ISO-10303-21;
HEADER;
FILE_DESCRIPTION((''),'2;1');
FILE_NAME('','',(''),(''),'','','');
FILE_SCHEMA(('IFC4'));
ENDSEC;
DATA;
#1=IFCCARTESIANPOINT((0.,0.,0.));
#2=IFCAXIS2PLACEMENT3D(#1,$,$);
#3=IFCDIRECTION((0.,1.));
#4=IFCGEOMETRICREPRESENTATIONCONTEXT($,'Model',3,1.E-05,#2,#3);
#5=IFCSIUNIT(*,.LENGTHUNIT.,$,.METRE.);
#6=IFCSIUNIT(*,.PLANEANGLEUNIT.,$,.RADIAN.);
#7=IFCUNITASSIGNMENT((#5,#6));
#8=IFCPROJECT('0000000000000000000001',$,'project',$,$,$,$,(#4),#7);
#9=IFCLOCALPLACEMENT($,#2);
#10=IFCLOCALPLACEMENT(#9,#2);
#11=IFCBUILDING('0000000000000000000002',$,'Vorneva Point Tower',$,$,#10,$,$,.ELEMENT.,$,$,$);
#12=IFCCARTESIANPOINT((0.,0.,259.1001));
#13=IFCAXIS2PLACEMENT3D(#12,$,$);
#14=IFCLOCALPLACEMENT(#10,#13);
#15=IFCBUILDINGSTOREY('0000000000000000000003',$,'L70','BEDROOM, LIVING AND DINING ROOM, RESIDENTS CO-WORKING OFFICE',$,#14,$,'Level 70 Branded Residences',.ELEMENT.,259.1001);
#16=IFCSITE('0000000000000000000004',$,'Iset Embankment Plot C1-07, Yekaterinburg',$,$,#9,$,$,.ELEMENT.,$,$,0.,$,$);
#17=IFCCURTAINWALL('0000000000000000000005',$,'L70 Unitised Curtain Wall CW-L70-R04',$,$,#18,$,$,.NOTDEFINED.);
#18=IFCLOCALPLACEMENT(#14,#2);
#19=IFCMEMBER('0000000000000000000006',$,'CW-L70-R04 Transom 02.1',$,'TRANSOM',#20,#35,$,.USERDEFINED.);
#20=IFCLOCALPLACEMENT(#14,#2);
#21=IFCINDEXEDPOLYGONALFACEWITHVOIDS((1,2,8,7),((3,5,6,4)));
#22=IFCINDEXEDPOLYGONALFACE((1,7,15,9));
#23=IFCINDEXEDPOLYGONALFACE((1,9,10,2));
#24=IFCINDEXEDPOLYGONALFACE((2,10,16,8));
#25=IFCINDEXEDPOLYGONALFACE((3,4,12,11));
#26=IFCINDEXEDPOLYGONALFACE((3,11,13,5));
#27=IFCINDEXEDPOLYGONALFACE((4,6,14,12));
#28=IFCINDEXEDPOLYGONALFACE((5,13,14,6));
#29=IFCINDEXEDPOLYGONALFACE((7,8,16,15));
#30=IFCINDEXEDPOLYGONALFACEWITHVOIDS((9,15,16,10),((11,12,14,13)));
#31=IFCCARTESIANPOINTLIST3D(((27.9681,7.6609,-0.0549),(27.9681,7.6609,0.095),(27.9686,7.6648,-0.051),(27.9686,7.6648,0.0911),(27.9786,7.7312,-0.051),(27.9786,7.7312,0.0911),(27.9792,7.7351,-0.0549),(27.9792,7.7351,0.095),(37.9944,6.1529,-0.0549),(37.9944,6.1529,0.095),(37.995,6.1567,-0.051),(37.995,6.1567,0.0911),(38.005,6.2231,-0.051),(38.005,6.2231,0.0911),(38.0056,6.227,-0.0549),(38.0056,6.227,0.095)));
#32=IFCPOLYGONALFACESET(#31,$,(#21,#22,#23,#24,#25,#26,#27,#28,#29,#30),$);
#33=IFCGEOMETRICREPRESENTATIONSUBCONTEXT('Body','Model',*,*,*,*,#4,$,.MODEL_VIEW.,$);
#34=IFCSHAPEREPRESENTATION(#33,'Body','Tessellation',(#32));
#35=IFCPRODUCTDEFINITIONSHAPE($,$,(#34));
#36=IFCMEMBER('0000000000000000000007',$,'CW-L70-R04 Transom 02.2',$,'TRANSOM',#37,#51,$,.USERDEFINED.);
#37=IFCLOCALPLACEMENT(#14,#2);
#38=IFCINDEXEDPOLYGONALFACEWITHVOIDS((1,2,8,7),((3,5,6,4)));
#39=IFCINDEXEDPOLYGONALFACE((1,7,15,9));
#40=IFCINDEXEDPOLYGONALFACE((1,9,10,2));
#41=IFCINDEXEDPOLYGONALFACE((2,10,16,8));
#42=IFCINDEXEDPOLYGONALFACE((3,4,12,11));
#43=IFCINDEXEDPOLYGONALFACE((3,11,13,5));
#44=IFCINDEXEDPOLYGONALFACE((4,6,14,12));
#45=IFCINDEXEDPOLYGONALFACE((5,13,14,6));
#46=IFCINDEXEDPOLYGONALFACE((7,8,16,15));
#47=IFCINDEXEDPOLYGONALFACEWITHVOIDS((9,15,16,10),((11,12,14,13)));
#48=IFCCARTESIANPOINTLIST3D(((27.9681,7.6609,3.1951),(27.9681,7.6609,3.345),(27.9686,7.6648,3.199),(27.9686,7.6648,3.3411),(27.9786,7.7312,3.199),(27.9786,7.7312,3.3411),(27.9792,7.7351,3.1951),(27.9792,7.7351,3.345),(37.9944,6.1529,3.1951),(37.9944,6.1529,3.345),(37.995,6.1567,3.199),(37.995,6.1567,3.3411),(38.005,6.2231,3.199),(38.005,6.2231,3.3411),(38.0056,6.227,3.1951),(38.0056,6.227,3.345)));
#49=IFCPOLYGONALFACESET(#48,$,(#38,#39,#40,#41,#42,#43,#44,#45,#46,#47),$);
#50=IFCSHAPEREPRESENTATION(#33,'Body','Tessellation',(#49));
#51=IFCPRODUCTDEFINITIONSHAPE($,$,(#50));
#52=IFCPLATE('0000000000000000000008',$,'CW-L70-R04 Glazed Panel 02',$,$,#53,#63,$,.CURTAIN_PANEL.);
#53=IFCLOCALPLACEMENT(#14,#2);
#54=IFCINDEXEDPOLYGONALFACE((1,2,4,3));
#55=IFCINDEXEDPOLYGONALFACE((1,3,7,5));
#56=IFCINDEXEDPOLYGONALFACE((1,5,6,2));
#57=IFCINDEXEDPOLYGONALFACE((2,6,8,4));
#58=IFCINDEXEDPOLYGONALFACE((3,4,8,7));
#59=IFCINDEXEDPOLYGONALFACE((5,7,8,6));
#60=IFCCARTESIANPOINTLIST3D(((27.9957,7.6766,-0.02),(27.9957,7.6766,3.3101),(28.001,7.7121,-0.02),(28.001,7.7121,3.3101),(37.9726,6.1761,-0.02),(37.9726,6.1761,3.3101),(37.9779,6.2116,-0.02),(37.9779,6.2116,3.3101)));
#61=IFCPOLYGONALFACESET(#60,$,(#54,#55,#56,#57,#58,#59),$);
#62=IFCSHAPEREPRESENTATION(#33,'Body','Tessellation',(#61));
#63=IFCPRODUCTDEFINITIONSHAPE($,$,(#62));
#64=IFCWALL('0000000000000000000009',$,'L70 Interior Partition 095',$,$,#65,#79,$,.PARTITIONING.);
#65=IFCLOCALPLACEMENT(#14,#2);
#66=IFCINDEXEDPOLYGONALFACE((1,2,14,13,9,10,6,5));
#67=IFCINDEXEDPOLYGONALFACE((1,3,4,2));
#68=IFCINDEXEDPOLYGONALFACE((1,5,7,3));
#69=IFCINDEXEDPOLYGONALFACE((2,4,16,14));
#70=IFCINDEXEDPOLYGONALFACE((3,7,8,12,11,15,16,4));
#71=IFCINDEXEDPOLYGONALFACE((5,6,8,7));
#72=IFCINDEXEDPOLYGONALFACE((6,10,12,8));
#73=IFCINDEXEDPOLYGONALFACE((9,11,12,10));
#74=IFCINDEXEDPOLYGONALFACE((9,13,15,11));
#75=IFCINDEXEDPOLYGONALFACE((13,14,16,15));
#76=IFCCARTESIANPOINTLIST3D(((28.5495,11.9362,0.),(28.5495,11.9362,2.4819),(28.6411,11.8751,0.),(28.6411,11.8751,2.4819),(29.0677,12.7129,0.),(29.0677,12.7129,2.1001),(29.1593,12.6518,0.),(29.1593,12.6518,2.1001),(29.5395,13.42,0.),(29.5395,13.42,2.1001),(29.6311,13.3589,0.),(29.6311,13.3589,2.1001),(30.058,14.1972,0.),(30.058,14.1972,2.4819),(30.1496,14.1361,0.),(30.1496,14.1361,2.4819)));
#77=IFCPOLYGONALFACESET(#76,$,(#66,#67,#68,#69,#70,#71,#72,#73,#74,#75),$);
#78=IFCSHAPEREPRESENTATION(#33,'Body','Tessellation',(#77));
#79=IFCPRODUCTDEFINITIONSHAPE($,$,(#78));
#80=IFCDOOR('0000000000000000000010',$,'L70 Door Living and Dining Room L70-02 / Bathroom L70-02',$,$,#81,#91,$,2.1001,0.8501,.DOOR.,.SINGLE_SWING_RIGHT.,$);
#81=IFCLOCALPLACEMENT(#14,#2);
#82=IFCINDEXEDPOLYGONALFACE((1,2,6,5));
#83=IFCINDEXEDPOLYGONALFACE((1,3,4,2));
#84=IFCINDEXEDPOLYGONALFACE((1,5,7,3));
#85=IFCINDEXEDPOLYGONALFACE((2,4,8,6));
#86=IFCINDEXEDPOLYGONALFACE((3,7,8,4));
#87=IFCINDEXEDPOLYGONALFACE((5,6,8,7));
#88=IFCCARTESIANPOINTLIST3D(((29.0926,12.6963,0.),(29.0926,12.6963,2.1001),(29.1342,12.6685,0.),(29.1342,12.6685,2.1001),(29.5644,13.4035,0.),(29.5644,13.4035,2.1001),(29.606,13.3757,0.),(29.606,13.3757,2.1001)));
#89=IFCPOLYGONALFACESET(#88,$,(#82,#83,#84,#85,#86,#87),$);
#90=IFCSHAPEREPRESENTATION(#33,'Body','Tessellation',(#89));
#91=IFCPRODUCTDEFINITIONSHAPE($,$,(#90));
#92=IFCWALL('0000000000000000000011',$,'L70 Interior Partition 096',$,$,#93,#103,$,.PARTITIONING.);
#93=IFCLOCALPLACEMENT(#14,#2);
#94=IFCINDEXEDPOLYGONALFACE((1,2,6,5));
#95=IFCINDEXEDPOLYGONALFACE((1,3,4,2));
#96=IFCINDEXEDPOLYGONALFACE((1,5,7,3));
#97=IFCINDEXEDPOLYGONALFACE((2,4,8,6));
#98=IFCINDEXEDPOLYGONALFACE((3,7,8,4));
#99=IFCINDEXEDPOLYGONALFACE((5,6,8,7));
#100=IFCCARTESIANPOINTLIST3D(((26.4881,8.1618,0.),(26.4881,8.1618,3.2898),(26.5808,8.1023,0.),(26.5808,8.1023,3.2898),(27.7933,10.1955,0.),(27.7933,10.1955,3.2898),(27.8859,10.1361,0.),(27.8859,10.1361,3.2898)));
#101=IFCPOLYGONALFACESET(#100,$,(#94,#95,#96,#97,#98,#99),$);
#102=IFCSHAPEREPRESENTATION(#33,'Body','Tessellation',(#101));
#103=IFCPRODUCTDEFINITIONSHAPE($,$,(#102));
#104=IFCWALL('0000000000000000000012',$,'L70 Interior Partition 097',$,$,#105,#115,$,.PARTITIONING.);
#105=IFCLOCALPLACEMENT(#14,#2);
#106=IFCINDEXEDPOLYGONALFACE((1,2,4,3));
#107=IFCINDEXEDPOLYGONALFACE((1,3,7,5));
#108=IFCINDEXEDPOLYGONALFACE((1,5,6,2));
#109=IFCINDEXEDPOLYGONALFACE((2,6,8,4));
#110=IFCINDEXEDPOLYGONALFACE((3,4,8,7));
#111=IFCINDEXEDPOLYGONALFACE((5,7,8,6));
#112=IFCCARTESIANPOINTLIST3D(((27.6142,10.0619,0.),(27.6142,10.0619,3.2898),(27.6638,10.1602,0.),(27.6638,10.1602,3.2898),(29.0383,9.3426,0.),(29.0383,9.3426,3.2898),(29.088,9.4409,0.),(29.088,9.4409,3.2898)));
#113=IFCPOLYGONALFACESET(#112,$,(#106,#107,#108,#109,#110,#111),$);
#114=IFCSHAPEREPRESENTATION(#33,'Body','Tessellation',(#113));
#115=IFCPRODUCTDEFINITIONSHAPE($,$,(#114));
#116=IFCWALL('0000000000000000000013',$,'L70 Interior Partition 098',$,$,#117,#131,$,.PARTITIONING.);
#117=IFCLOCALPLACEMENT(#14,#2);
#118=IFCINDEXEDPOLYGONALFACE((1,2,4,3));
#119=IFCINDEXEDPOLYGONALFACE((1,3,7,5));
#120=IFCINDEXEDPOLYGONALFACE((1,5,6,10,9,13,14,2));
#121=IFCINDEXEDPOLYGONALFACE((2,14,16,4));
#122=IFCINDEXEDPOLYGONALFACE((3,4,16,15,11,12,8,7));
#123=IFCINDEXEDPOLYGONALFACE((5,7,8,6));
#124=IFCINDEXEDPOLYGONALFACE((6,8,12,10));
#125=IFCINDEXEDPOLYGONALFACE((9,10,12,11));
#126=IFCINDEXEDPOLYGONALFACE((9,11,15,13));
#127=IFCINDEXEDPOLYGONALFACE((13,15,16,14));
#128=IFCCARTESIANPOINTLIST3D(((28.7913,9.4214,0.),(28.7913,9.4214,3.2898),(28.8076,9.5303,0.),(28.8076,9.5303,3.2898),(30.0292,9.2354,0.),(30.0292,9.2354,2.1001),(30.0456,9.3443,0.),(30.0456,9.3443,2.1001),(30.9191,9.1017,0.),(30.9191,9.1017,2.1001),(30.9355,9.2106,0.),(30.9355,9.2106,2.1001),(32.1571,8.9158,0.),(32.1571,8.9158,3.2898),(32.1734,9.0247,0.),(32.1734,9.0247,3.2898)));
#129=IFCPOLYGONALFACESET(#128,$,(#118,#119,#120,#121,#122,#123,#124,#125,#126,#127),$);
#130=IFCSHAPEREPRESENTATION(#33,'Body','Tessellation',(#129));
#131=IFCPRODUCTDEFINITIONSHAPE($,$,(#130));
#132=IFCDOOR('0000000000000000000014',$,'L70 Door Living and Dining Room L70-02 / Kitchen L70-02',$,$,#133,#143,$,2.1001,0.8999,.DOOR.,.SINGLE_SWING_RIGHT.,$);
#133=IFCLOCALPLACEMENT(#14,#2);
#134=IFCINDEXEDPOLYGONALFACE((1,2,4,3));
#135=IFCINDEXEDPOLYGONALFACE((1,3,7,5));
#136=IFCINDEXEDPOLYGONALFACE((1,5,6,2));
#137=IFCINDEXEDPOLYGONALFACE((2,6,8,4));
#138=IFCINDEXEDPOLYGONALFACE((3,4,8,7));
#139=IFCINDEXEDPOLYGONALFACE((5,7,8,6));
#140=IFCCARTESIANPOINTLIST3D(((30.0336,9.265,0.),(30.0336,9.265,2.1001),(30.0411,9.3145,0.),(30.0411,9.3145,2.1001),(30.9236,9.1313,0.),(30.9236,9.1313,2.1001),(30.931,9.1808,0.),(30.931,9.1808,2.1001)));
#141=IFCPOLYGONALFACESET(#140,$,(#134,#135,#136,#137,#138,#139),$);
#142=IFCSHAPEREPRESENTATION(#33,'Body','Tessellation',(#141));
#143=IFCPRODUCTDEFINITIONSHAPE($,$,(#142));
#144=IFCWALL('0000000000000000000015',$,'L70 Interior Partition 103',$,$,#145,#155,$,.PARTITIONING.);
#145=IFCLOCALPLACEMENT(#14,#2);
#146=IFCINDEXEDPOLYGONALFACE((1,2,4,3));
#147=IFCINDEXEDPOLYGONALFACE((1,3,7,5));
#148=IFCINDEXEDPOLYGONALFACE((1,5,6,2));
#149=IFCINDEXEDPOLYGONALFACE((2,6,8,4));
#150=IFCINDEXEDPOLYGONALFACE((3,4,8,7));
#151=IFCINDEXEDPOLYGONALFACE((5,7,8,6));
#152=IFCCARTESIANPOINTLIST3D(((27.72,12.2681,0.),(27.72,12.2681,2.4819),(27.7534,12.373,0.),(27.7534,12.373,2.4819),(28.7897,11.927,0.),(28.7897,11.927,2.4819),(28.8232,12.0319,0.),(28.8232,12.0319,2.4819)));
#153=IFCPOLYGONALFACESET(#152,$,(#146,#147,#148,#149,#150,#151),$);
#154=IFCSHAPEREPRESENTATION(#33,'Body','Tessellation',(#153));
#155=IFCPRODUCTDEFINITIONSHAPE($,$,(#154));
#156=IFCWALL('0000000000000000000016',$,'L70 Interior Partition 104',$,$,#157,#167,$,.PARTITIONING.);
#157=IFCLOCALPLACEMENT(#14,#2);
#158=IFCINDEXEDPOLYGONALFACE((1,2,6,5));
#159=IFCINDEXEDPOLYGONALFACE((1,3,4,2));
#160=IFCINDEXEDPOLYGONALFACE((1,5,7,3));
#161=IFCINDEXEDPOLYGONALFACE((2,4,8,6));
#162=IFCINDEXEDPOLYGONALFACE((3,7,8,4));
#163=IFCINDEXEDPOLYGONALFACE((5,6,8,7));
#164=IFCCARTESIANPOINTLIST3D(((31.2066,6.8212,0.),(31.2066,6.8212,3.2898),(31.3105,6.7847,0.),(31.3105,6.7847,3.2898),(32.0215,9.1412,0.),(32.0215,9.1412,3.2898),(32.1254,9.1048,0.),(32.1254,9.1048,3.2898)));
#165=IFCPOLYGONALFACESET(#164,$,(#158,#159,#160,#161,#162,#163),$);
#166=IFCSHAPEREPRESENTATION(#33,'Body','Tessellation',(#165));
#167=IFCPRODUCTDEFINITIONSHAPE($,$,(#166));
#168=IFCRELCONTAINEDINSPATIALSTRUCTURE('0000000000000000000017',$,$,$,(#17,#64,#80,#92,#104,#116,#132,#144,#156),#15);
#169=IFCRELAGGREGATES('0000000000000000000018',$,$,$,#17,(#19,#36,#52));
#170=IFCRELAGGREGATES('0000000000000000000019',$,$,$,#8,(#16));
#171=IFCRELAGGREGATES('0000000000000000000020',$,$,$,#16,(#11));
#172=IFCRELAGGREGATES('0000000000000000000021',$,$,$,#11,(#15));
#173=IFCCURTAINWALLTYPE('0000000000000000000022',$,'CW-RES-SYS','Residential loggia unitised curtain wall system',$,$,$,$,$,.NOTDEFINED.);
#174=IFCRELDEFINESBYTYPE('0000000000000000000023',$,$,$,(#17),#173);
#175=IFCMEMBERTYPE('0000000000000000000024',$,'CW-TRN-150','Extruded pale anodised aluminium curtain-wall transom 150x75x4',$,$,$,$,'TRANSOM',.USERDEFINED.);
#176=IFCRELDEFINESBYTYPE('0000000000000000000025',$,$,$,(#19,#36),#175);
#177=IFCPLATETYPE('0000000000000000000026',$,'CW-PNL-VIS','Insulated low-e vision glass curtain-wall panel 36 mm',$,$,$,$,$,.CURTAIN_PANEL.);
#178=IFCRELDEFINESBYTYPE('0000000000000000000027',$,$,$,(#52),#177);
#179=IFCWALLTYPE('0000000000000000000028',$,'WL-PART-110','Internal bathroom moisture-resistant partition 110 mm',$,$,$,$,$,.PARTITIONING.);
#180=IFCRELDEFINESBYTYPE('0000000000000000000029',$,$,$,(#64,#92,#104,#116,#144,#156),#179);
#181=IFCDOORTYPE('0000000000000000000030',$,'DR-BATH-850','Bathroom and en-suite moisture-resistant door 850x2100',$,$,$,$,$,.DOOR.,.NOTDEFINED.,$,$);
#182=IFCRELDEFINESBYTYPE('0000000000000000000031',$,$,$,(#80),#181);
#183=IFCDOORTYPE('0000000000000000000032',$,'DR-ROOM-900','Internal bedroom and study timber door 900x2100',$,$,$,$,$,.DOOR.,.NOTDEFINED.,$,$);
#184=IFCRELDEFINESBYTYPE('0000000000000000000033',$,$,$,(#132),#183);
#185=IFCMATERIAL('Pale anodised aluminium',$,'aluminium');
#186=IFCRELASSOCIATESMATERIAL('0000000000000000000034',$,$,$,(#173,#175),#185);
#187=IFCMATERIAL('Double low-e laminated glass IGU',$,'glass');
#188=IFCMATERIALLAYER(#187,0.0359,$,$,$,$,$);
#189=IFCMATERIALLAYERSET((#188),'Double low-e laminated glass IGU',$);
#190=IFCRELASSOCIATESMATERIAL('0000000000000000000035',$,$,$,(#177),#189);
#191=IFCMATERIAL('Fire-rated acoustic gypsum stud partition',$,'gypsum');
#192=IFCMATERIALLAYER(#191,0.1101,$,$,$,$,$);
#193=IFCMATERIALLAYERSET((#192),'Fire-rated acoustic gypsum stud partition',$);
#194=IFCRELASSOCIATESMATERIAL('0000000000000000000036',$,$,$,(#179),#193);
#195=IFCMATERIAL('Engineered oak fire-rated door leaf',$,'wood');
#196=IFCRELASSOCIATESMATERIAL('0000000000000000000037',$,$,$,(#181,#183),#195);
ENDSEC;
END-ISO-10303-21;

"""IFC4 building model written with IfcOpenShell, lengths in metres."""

from ifc_helpers import new_model, si_unit, direction, frame, frame_2d, origin, origin_2d, place, context, subcontext, project, spatial, rectangle, hollow_rectangle, extrude, material, layer, layer_set, material_profile, profile_set, type_object, element, fill, aggregate, save


model = new_model("IFC4")

# Units and contexts
model_context = context("Model", 3, precision=1e-05, world=origin(), true_north=direction((0.0, 1.0)))
body_context = subcontext(model_context, "Body", "Model", "MODEL_VIEW")
ifc_project = project(units=[si_unit("LENGTHUNIT", "METRE"), si_unit("PLANEANGLEUNIT", "RADIAN")], contexts=[model_context])

# Site, building, storey
site_placement = place(None, origin())
site = spatial("IfcSite", under=ifc_project, at=site_placement, Name="Iset Embankment Plot C1-07, Yekaterinburg", CompositionType="ELEMENT", RefElevation=0.0)
building_placement = place(site_placement, origin())
building = spatial("IfcBuilding", under=site, at=building_placement, Name="Vorneva Point Tower", CompositionType="ELEMENT")
storey_placement = place(building_placement, frame((0.0, 0.0, 259.1001)))
storey = spatial("IfcBuildingStorey", under=building, at=storey_placement, Name="L70", Description="BEDROOM, LIVING AND DINING ROOM, RESIDENTS CO-WORKING OFFICE", LongName="Level 70 Branded Residences", CompositionType="ELEMENT", Elevation=259.1001)

# Curtain wall, members, plate
ifc_material_1 = material(Name="Pale anodised aluminium", Category="aluminium")
curtain_wall_type = type_object("IfcCurtainWallType", Name="CW-RES-SYS", Description="Residential loggia unitised curtain wall system", PredefinedType="NOTDEFINED", material=ifc_material_1)
curtain_wall_placement = place(storey_placement, origin())
curtain_wall = element("IfcCurtainWall", 1, at=curtain_wall_placement, inside=storey, type_object=curtain_wall_type, Name="L70 Unitised Curtain Wall CW-L70-R04", PredefinedType="NOTDEFINED")
ifc_material_profile_1 = material_profile(ifc_material_1, hollow_rectangle(XDim=0.075, YDim=0.1499, WallThickness=0.0039, at=origin_2d()), Name="AL-TRN 150x75x4")
ifc_profile_set_1 = profile_set([ifc_material_profile_1], Name="Pale anodised aluminium")
member_type_1 = type_object("IfcMemberType", Name="CW-TRN-150", Description="Extruded pale anodised aluminium curtain-wall transom 150x75x4", ElementType="TRANSOM", PredefinedType="USERDEFINED", material=ifc_profile_set_1)
member_1_placement = place(storey_placement, frame((27.9736, 7.698, 0.02), z_axis=(0.988877, -0.148736, 0.0), x_axis=(0.148736, 0.988877, 0.0)))
member_1 = element("IfcMember", 2, at=member_1_placement, type_object=member_type_1, Name="CW-L70-R04 Transom 02.1", ObjectType="TRANSOM", PredefinedType="USERDEFINED", context=body_context, shape_type="SweptSolid", body=[
    extrude(hollow_rectangle(XDim=0.075, YDim=0.1499, WallThickness=0.0039, at=origin_2d()), origin(), (0.0, 0.0, 1.0), 10.1392),
])
member_2_placement = place(storey_placement, frame((27.9736, 7.698, 3.27), z_axis=(0.988877, -0.148736, 0.0), x_axis=(0.148736, 0.988877, 0.0)))
member_2 = element("IfcMember", 3, at=member_2_placement, type_object=member_type_1, Name="CW-L70-R04 Transom 02.2", ObjectType="TRANSOM", PredefinedType="USERDEFINED", context=body_context, shape_type="SweptSolid", body=[
    extrude(hollow_rectangle(XDim=0.075, YDim=0.1499, WallThickness=0.0039, at=origin_2d()), origin(), (0.0, 0.0, 1.0), 10.1392),
])
ifc_material_2 = material(Name="Double low-e laminated glass IGU", Category="glass")
ifc_layer_1 = layer(ifc_material_2, 0.0359)
ifc_layer_set_1 = layer_set([ifc_layer_1], Name="Double low-e laminated glass IGU")
plate_type = type_object("IfcPlateType", Name="CW-PNL-VIS", Description="Insulated low-e vision glass curtain-wall panel 36 mm", PredefinedType="CURTAIN_PANEL", material=ifc_layer_set_1)
plate_placement = place(storey_placement, frame((32.9868, 6.9441, -0.02), z_axis=(0.0, 0.0, 1.0), x_axis=(0.988879, -0.148724, 0.0)))
plate = element("IfcPlate", 4, at=plate_placement, type_object=plate_type, Name="CW-L70-R04 Glazed Panel 02", PredefinedType="CURTAIN_PANEL", context=body_context, shape_type="SweptSolid", body=[
    extrude(rectangle(XDim=10.0891, YDim=0.0359, at=origin_2d()), origin(), (0.0, 0.0, 1.0), 3.3301),
])
aggregate(curtain_wall, [member_1, member_2, plate])

# Wall, opening, door
ifc_material_3 = material(Name="Fire-rated acoustic gypsum stud partition", Category="gypsum")
ifc_layer_2 = layer(ifc_material_3, 0.1101)
ifc_layer_set_2 = layer_set([ifc_layer_2], Name="Fire-rated acoustic gypsum stud partition")
wall_type_1 = type_object("IfcWallType", Name="WL-PART-110", Description="Internal bathroom moisture-resistant partition 110 mm", PredefinedType="PARTITIONING", material=ifc_layer_set_2)
wall_1_placement = place(storey_placement, frame((30.1038, 14.1665, 0.0), z_axis=(0.0, 0.0, 1.0), x_axis=(-0.555011, -0.831843, 0.0)))
wall_1 = element("IfcWall", 5, at=wall_1_placement, inside=storey, type_object=wall_type_1, Name="L70 Interior Partition 095", PredefinedType="PARTITIONING", context=body_context, shape_type="SweptSolid", body=[
    extrude(rectangle(XDim=2.718, YDim=0.1101, at=frame_2d((1.3589, 0.0))), origin(), (0.0, 0.0, 1.0), 2.4819),
])
opening_1_placement = place(wall_1_placement, frame((0.9341, 0.0, 0.0)))
opening_1 = element("IfcOpeningElement", 6, at=opening_1_placement, cuts=wall_1, PredefinedType="OPENING", context=body_context, shape_type="SweptSolid", body=[
    extrude(rectangle(XDim=0.8501, YDim=2.1001, at=frame_2d((0.425, 1.05))), frame((0.0, 0.0698, 0.0), z_axis=(0.0, -1.0, 0.0), x_axis=(1.0, 0.0, 0.0)), (0.0, 0.0, 1.0), 0.1399),
])
ifc_material_4 = material(Name="Engineered oak fire-rated door leaf", Category="wood")
door_type_1 = type_object("IfcDoorType", Name="DR-BATH-850", Description="Bathroom and en-suite moisture-resistant door 850x2100", OperationType="NOTDEFINED", PredefinedType="DOOR", material=ifc_material_4)
door_1_placement = place(opening_1_placement, origin())
door_1 = element("IfcDoor", 7, at=door_1_placement, inside=storey, type_object=door_type_1, Name="L70 Door Living and Dining Room L70-02 / Bathroom L70-02", OperationType="SINGLE_SWING_RIGHT", OverallHeight=2.1001, OverallWidth=0.8501, PredefinedType="DOOR", context=body_context, shape_type="SweptSolid", body=[
    extrude(rectangle(XDim=0.8501, YDim=2.1001, at=frame_2d((0.425, 1.05))), frame((0.0, 0.0249, 0.0), z_axis=(0.0, -1.0, 0.0), x_axis=(1.0, 0.0, 0.0)), (0.0, 0.0, 1.0), 0.05),
])
fill(opening_1, door_1)

# Walls
wall_2_placement = place(storey_placement, frame((26.5344, 8.1321, 0.0), z_axis=(0.0, 0.0, 1.0), x_axis=(0.540114, 0.841592, 0.0)))
element("IfcWall", 8, at=wall_2_placement, inside=storey, type_object=wall_type_1, Name="L70 Interior Partition 096", PredefinedType="PARTITIONING", context=body_context, shape_type="SweptSolid", body=[
    extrude(rectangle(XDim=2.4165, YDim=0.1101, at=frame_2d((1.2083, 0.0))), origin(), (0.0, 0.0, 1.0), 3.2898),
])
wall_3_placement = place(storey_placement, frame((27.6389, 10.1111, 0.0), z_axis=(0.0, 0.0, 1.0), x_axis=(0.892614, -0.450821, 0.0)))
element("IfcWall", 9, at=wall_3_placement, inside=storey, type_object=wall_type_1, Name="L70 Interior Partition 097", PredefinedType="PARTITIONING", context=body_context, shape_type="SweptSolid", body=[
    extrude(rectangle(XDim=1.5955, YDim=0.1101, at=frame_2d((0.7979, 0.0))), origin(), (0.0, 0.0, 1.0), 3.2898),
])

# Wall, opening, door
wall_4_placement = place(storey_placement, frame((28.7996, 9.4758, 0.0), z_axis=(0.0, 0.0, 1.0), x_axis=(0.988904, -0.148558, 0.0)))
wall_4 = element("IfcWall", 10, at=wall_4_placement, inside=storey, type_object=wall_type_1, Name="L70 Interior Partition 098", PredefinedType="PARTITIONING", context=body_context, shape_type="SweptSolid", body=[
    extrude(rectangle(XDim=3.4036, YDim=0.1101, at=frame_2d((1.7017, 0.0))), origin(), (0.0, 0.0, 1.0), 3.2898),
])
opening_2_placement = place(wall_4_placement, frame((1.2517, 0.0, 0.0)))
opening_2 = element("IfcOpeningElement", 11, at=opening_2_placement, cuts=wall_4, PredefinedType="OPENING", context=body_context, shape_type="SweptSolid", body=[
    extrude(rectangle(XDim=0.8999, YDim=2.1001, at=frame_2d((0.45, 1.05))), frame((0.0, 0.0698, 0.0), z_axis=(0.0, -1.0, 0.0), x_axis=(1.0, 0.0, 0.0)), (0.0, 0.0, 1.0), 0.1399),
])
door_type_2 = type_object("IfcDoorType", Name="DR-ROOM-900", Description="Internal bedroom and study timber door 900x2100", OperationType="NOTDEFINED", PredefinedType="DOOR", material=ifc_material_4)
door_2_placement = place(opening_2_placement, origin())
door_2 = element("IfcDoor", 12, at=door_2_placement, inside=storey, type_object=door_type_2, Name="L70 Door Living and Dining Room L70-02 / Kitchen L70-02", OperationType="SINGLE_SWING_RIGHT", OverallHeight=2.1001, OverallWidth=0.8999, PredefinedType="DOOR", context=body_context, shape_type="SweptSolid", body=[
    extrude(rectangle(XDim=0.8999, YDim=2.1001, at=frame_2d((0.45, 1.05))), frame((0.0, 0.0249, 0.0), z_axis=(0.0, -1.0, 0.0), x_axis=(1.0, 0.0, 0.0)), (0.0, 0.0, 1.0), 0.05),
])
fill(opening_2, door_2)

# Walls
wall_5_placement = place(storey_placement, frame((27.7366, 12.3206, 0.0), z_axis=(0.0, 0.0, 1.0), x_axis=(0.952754, -0.303742, 0.0)))
element("IfcWall", 13, at=wall_5_placement, inside=storey, type_object=wall_type_1, Name="L70 Interior Partition 103", PredefinedType="PARTITIONING", context=body_context, shape_type="SweptSolid", body=[
    extrude(rectangle(XDim=1.1228, YDim=0.1101, at=frame_2d((0.5615, 0.0))), origin(), (0.0, 0.0, 1.0), 2.4819),
])
wall_6_placement = place(storey_placement, frame((31.2585, 6.803, 0.0), z_axis=(0.0, 0.0, 1.0), x_axis=(0.331407, 0.943488, 0.0)))
element("IfcWall", 14, at=wall_6_placement, inside=storey, type_object=wall_type_1, Name="L70 Interior Partition 104", PredefinedType="PARTITIONING", context=body_context, shape_type="SweptSolid", body=[
    extrude(rectangle(XDim=2.459, YDim=0.1101, at=frame_2d((1.2295, 0.0))), origin(), (0.0, 0.0, 1.0), 3.2898),
])

save(model, "model.ifc")
